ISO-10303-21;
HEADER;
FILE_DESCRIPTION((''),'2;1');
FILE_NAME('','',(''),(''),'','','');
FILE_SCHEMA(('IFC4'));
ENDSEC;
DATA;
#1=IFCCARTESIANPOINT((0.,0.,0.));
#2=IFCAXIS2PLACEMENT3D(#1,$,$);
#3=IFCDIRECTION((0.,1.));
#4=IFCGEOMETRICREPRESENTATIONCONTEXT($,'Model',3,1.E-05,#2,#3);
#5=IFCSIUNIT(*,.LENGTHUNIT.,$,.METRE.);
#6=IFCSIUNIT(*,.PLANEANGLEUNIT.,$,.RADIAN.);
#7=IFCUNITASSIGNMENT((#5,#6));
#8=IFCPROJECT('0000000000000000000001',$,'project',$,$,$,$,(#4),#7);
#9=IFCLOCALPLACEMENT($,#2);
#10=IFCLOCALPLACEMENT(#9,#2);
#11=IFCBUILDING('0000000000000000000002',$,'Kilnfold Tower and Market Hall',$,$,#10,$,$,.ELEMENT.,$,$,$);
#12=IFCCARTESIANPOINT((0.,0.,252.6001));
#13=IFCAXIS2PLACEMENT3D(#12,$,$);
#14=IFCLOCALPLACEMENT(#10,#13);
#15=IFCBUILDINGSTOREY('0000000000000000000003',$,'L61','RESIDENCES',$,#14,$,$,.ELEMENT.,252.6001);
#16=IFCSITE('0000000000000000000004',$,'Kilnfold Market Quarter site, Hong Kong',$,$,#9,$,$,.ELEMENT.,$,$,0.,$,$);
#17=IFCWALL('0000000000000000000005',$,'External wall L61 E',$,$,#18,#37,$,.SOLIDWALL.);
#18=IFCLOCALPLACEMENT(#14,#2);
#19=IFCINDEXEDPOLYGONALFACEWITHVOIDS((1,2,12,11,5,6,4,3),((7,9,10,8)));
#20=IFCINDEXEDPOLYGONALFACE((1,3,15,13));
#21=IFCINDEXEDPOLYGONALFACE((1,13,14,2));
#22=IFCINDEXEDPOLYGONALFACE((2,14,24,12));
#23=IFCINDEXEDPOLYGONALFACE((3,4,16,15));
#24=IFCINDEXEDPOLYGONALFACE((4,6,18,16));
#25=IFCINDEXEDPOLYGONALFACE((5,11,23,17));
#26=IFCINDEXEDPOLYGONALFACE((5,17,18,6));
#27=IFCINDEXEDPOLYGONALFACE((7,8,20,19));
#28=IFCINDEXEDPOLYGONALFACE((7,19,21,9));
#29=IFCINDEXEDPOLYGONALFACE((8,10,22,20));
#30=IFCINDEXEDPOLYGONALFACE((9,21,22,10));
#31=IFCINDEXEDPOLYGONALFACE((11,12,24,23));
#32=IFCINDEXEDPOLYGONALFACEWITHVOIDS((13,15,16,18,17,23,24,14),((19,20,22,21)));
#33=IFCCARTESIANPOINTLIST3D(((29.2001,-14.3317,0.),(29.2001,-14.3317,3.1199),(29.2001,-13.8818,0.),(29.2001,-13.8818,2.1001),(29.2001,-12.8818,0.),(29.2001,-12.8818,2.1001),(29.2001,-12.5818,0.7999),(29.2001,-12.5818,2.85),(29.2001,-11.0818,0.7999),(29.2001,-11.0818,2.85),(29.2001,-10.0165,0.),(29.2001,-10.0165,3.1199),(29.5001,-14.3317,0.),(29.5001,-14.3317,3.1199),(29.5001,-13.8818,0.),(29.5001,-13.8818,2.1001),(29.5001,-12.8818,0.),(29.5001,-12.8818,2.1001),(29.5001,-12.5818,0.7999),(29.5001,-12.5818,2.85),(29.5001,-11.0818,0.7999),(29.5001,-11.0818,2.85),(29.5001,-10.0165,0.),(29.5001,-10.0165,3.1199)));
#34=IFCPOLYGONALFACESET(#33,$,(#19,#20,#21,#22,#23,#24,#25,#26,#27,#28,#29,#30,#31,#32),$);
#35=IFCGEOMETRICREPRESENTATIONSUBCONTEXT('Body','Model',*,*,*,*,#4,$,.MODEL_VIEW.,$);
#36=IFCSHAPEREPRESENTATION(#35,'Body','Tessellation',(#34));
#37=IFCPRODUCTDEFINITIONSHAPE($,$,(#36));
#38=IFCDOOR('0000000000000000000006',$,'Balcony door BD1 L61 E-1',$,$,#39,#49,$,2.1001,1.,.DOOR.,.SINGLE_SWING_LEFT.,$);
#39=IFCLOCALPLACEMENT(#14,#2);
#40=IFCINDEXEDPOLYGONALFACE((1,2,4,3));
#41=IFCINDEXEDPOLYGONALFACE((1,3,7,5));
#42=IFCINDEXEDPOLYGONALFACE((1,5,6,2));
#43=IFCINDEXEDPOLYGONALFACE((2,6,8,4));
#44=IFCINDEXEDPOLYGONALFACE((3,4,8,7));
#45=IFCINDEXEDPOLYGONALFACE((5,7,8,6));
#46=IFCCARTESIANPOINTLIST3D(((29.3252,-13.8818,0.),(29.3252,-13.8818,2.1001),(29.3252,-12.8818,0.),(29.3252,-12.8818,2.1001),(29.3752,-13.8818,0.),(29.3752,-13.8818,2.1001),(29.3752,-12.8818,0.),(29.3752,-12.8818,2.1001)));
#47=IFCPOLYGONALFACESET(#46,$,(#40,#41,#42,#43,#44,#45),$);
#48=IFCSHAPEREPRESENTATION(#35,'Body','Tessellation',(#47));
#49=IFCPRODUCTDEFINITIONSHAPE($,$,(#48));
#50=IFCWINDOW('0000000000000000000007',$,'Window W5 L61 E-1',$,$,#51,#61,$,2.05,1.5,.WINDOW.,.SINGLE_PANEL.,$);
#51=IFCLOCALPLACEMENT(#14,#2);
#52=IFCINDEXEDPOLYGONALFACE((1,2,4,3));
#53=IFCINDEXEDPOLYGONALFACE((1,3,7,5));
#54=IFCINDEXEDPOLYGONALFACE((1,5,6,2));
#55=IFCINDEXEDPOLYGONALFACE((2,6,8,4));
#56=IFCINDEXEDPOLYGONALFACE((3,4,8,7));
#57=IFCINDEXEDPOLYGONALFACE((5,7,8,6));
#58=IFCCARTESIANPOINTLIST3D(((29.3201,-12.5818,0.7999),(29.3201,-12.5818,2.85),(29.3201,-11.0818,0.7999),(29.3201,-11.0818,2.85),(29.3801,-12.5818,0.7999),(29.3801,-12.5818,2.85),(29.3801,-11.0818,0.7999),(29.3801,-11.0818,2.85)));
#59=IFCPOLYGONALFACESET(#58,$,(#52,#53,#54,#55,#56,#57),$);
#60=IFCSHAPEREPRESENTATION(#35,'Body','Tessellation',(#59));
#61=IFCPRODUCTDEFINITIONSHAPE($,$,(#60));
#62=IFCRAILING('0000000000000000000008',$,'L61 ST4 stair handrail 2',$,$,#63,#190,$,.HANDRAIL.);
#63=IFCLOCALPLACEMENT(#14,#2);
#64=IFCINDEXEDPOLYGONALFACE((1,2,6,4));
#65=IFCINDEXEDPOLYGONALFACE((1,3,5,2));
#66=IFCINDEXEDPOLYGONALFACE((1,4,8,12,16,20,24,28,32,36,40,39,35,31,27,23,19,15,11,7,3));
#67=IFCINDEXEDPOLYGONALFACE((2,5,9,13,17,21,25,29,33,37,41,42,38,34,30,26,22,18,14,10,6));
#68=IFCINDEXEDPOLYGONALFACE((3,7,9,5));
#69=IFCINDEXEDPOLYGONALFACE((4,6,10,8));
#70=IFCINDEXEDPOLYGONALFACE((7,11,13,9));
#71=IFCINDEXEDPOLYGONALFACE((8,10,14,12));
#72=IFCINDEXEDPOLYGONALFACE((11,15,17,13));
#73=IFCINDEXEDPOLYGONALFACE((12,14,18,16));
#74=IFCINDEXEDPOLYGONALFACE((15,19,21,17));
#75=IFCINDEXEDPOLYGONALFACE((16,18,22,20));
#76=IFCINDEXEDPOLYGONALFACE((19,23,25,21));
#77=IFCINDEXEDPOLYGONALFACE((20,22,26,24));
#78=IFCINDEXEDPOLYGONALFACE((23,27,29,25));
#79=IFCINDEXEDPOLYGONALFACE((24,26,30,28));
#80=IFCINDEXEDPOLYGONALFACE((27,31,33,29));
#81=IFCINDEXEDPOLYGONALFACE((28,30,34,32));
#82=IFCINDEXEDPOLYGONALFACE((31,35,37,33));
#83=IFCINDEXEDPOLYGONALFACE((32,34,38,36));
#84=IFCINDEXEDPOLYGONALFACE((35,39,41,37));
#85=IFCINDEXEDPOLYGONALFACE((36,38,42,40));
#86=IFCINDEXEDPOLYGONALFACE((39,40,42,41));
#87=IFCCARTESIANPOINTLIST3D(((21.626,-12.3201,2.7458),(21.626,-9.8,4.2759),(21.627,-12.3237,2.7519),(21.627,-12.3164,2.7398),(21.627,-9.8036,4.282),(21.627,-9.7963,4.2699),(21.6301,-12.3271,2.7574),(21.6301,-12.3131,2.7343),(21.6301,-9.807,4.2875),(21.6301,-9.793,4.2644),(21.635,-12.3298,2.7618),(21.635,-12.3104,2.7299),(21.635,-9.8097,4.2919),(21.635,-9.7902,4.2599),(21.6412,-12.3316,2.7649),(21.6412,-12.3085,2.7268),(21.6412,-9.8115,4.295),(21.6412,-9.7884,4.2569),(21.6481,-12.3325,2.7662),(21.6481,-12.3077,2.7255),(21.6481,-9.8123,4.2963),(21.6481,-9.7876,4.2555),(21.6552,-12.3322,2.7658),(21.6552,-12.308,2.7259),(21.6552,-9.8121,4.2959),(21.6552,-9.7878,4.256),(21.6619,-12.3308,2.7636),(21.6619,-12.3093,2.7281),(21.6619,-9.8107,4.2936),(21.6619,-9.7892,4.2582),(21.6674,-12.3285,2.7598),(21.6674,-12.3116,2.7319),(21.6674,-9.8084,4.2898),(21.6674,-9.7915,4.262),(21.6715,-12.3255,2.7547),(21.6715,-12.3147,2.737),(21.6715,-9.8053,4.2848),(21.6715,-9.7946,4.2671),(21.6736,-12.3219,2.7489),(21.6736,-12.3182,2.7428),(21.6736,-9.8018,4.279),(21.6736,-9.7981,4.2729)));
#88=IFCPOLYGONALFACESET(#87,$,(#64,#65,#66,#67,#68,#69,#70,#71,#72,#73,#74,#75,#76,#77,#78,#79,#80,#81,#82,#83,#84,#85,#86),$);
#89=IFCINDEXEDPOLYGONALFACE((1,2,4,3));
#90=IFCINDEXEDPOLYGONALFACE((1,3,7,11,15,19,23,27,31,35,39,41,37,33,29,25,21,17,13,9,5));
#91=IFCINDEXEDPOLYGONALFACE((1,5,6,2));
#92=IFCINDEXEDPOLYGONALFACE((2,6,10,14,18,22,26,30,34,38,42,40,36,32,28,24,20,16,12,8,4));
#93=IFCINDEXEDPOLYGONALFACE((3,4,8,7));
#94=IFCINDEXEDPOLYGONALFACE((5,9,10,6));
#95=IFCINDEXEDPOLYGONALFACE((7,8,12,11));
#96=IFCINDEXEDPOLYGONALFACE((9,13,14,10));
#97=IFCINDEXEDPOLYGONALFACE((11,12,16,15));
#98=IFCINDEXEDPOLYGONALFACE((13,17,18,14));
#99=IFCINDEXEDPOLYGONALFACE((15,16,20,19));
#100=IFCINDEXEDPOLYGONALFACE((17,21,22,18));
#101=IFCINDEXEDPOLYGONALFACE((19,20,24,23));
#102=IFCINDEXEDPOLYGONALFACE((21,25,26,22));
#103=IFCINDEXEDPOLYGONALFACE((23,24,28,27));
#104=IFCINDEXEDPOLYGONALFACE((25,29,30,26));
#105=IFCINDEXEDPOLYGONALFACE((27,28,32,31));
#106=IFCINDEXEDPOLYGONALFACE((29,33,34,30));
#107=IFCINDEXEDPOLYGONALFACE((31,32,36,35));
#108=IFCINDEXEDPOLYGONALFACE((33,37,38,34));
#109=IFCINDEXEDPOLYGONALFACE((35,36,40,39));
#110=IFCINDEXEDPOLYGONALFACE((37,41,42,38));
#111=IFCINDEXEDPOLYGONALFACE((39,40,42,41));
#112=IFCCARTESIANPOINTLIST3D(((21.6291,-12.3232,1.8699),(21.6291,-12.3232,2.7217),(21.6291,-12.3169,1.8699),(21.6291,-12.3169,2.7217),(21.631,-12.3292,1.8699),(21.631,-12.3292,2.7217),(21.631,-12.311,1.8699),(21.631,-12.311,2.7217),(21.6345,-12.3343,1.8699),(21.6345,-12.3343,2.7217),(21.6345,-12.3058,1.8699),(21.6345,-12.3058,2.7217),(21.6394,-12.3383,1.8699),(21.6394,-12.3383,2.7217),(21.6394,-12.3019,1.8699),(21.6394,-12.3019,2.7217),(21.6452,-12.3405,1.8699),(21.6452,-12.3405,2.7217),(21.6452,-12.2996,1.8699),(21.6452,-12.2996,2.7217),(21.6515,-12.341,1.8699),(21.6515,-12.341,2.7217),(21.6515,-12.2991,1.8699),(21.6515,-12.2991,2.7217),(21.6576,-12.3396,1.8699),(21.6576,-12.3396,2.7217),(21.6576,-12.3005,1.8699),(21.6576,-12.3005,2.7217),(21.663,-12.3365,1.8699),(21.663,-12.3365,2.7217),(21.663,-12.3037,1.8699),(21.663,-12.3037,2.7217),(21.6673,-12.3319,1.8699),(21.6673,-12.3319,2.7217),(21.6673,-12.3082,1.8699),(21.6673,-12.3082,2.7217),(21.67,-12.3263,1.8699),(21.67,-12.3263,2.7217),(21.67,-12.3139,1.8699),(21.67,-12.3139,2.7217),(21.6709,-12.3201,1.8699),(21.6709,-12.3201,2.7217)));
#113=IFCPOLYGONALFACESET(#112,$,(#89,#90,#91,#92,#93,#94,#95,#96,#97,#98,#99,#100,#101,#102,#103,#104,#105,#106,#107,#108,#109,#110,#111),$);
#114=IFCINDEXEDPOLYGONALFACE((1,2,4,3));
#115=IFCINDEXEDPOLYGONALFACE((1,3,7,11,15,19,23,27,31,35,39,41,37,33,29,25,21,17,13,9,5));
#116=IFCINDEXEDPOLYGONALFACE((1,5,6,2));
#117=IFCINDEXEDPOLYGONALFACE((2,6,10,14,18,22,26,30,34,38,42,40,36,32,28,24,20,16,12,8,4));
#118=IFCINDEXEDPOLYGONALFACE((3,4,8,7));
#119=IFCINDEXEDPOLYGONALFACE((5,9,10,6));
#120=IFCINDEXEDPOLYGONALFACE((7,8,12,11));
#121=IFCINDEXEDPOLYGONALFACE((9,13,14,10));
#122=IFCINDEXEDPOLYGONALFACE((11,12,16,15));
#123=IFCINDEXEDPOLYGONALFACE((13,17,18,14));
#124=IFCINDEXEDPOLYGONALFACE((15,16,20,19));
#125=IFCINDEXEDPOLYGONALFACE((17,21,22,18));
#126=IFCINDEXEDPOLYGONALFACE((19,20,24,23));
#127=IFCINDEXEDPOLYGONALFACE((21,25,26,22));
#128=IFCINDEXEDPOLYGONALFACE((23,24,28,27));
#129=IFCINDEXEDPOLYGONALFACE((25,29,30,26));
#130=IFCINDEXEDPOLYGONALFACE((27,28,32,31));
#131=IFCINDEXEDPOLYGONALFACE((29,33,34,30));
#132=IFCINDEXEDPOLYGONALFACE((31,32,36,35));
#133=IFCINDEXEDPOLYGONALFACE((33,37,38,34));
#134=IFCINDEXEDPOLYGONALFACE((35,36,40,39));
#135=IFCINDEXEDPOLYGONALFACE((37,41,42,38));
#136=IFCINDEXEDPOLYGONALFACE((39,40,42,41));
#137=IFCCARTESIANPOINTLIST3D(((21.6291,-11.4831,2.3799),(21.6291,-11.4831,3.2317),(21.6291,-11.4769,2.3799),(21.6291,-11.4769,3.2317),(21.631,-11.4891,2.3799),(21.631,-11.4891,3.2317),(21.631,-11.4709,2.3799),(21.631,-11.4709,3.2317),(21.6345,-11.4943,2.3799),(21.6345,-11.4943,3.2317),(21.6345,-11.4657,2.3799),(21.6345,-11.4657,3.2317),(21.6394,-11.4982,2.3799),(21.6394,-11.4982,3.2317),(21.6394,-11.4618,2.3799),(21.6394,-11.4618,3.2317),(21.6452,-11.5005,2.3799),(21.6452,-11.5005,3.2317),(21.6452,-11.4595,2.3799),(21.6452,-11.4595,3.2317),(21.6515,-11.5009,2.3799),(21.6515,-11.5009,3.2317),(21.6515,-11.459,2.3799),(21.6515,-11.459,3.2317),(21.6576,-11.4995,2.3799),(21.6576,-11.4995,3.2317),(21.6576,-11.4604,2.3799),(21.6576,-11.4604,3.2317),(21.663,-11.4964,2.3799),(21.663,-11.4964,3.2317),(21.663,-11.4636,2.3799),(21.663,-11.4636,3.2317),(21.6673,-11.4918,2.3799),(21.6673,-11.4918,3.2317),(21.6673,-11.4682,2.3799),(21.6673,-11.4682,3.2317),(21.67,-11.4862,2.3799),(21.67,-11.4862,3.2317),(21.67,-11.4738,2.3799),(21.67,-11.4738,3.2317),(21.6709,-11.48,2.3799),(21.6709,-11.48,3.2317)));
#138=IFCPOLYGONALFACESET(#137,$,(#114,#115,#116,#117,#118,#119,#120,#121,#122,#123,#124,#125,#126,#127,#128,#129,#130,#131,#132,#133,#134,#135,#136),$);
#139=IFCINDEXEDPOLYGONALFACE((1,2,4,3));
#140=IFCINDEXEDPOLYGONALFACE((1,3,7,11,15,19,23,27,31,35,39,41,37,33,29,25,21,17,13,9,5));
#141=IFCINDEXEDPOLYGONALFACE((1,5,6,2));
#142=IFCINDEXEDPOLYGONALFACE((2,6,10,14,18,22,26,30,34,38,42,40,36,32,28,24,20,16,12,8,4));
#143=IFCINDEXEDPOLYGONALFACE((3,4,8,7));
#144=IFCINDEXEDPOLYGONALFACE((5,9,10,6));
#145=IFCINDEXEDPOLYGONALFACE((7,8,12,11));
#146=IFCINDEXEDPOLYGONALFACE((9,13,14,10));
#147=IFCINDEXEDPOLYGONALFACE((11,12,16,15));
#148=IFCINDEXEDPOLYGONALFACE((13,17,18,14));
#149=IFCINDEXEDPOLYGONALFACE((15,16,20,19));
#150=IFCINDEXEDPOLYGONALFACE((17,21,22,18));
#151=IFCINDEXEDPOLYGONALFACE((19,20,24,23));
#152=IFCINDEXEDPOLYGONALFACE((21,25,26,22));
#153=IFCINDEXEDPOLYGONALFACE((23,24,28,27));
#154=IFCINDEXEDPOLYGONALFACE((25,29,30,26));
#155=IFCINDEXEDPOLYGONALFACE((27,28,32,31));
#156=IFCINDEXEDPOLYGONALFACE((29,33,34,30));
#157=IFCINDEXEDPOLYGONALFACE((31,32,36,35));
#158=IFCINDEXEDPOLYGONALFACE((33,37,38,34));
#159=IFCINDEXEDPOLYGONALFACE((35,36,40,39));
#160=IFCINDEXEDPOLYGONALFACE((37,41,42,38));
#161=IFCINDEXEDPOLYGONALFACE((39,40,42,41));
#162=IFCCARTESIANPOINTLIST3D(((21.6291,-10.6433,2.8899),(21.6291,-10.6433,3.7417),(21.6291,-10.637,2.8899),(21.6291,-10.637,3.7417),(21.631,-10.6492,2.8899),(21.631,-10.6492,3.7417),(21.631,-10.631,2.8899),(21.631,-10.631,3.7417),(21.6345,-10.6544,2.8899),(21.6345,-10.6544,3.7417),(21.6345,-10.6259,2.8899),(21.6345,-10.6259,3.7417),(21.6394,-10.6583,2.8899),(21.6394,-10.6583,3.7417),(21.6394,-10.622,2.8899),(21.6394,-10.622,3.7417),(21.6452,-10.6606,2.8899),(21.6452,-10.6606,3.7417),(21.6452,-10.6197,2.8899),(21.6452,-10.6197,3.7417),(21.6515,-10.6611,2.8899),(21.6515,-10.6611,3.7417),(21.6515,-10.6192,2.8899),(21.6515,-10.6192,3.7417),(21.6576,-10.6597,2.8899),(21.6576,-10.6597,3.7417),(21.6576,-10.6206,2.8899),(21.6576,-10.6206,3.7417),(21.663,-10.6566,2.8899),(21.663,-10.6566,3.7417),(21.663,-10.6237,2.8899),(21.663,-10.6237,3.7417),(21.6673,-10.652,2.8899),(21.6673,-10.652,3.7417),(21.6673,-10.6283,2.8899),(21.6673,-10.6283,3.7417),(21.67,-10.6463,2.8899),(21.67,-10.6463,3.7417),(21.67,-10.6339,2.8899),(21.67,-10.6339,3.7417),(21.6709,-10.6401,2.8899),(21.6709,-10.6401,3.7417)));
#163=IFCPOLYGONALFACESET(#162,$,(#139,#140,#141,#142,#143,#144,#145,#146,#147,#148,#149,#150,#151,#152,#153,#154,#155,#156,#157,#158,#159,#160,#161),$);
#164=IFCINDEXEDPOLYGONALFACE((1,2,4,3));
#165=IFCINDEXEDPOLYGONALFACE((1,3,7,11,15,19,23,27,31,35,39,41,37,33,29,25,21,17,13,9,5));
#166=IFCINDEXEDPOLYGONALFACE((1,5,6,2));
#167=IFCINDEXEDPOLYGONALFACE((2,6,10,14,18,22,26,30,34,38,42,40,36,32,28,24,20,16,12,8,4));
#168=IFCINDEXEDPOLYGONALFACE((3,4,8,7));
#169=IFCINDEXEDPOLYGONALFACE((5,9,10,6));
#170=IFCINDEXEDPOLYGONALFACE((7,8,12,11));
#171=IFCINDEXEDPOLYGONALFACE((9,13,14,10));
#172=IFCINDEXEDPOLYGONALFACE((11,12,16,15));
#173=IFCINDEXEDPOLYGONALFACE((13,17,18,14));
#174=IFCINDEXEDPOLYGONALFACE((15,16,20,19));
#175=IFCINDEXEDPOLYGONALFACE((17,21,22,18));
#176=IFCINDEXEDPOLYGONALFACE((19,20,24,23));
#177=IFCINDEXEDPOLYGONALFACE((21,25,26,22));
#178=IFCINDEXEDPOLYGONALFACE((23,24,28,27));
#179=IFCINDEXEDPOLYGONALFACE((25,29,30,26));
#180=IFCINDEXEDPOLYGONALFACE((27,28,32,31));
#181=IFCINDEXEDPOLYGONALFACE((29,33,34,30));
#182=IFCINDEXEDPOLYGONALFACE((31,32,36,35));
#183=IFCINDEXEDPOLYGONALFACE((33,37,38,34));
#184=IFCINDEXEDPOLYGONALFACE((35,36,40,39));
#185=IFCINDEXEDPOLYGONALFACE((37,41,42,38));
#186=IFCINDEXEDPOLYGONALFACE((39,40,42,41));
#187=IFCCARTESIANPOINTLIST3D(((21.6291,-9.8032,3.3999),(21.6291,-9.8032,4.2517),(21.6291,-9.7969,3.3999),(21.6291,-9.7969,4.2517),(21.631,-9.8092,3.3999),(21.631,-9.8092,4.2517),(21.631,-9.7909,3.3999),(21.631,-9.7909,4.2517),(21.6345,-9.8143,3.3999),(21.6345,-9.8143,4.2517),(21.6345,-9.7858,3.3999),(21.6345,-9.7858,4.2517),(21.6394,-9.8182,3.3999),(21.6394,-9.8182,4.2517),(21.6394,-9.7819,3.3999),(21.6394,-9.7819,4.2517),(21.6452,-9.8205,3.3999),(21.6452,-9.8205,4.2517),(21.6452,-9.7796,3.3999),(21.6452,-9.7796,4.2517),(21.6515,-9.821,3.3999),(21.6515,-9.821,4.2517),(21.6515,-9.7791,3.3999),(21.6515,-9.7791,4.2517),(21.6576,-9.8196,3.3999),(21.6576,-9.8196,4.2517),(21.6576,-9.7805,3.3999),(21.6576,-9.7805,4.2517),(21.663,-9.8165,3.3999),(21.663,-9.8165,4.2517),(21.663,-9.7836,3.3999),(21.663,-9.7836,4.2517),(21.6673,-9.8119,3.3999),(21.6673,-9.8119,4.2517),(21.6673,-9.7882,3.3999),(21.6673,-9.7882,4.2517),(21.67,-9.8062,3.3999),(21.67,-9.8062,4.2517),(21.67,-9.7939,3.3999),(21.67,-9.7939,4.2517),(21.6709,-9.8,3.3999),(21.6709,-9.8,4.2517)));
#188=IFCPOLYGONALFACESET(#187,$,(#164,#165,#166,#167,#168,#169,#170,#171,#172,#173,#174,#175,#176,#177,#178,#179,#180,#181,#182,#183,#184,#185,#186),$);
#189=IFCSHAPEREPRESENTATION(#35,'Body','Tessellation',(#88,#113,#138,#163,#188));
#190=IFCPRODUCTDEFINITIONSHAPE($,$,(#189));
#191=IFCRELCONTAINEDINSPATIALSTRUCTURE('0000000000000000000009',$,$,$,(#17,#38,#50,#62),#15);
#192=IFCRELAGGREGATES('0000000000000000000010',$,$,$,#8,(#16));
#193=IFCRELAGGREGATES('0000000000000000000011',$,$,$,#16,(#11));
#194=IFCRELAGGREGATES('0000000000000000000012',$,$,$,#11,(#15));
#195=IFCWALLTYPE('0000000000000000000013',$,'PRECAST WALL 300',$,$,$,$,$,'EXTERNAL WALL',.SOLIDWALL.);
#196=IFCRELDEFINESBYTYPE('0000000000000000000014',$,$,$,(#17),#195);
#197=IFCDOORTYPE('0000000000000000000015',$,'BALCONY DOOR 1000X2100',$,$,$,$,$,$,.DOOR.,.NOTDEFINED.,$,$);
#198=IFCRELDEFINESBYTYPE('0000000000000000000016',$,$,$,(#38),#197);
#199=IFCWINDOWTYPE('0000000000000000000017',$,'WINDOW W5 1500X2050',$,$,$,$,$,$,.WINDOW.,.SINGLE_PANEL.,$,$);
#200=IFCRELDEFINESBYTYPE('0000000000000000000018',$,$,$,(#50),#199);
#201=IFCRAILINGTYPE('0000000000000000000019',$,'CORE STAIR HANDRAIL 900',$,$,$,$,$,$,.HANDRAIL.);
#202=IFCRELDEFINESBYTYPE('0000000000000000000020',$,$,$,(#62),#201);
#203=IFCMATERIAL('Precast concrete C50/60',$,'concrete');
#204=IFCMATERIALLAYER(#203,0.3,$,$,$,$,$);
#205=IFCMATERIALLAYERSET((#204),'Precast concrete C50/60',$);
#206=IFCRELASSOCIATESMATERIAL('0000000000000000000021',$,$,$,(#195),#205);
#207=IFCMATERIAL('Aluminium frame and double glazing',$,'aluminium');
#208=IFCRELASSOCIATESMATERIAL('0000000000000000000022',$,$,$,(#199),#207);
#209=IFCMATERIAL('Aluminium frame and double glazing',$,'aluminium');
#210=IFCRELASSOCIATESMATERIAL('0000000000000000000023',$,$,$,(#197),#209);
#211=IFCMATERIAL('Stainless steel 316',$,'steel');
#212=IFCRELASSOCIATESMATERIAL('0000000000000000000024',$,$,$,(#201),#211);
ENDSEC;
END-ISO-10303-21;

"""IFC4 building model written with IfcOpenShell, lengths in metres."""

from ifc_helpers import new_model, si_unit, direction, frame, frame_2d, origin, origin_2d, place, context, subcontext, project, spatial, rectangle, circle, extrude, source, transform, mapped, material, layer, layer_set, type_object, element, fill, save


model = new_model("IFC4")

# Units and contexts
model_context = context("Model", 3, precision=1e-05, world=origin(), true_north=direction((0.0, 1.0)))
body_context = subcontext(model_context, "Body", "Model", "MODEL_VIEW")
ifc_project = project(units=[si_unit("LENGTHUNIT", "METRE"), si_unit("PLANEANGLEUNIT", "RADIAN")], contexts=[model_context])

# Site, building, storey
site_placement = place(None, origin())
site = spatial("IfcSite", under=ifc_project, at=site_placement, Name="Kilnfold Market Quarter site, Hong Kong", CompositionType="ELEMENT", RefElevation=0.0)
building_placement = place(site_placement, origin())
building = spatial("IfcBuilding", under=site, at=building_placement, Name="Kilnfold Tower and Market Hall", CompositionType="ELEMENT")
storey_placement = place(building_placement, frame((0.0, 0.0, 252.6001)))
storey = spatial("IfcBuildingStorey", under=building, at=storey_placement, Name="L61", Description="RESIDENCES", CompositionType="ELEMENT", Elevation=252.6001)

# Shared definitions
ifc_material_1 = material(Name="Precast concrete C50/60", Category="concrete")
ifc_layer_1 = layer(ifc_material_1, 0.3)
ifc_layer_set_1 = layer_set([ifc_layer_1], Name="Precast concrete C50/60")
wall_type_1 = type_object("IfcWallType", Name="PRECAST WALL 300", ElementType="EXTERNAL WALL", PredefinedType="SOLIDWALL", material=ifc_layer_set_1)
ifc_material_2 = material(Name="Aluminium frame and double glazing", Category="aluminium")
window_type = type_object("IfcWindowType", Name="WINDOW W5 1500X2050", PartitioningType="SINGLE_PANEL", PredefinedType="WINDOW", material=ifc_material_2)

# Wall, openings, door, window
shared_shape_1 = source(origin(), body_context, "Body", "SweptSolid", [
    extrude(rectangle(XDim=4.3152, YDim=0.3, at=frame_2d((2.1577, 0.0))), origin(), (0.0, 0.0, 1.0), 3.1199),
])
wall_1_placement = place(storey_placement, frame((29.3501, -14.3318, 0.0), z_axis=(0.0, 0.0, 1.0), x_axis=(0.0, 1.0, 0.0)))
wall_1 = element("IfcWall", 1, at=wall_1_placement, inside=storey, type_object=wall_type_1, Name="External wall L61 E", PredefinedType="SOLIDWALL", context=body_context, shape_type="MappedRepresentation", body=[
    mapped(shared_shape_1, transform((0.0, 0.0, 0.0))),
])
opening_1_placement = place(wall_1_placement, frame((1.75, 0.0, 0.8)))
opening_1 = element("IfcOpeningElement", 2, at=opening_1_placement, cuts=wall_1, PredefinedType="OPENING", context=body_context, shape_type="SweptSolid", body=[
    extrude(rectangle(XDim=1.5, YDim=2.05, at=frame_2d((0.75, 1.0249))), frame((0.0, 0.1602, 0.0), z_axis=(0.0, -1.0, 0.0), x_axis=(1.0, 0.0, 0.0)), (0.0, 0.0, 1.0), 0.3201),
])
opening_2_placement = place(wall_1_placement, frame((0.45, 0.0, 0.0)))
opening_2 = element("IfcOpeningElement", 3, at=opening_2_placement, cuts=wall_1, PredefinedType="OPENING", context=body_context, shape_type="SweptSolid", body=[
    extrude(rectangle(XDim=1.0, YDim=2.1001, at=frame_2d((0.5, 1.05))), frame((0.0, 0.1602, 0.0), z_axis=(0.0, -1.0, 0.0), x_axis=(1.0, 0.0, 0.0)), (0.0, 0.0, 1.0), 0.3201),
])
ifc_material_3 = material(Name="Aluminium frame and double glazing", Category="aluminium")
door_type_1 = type_object("IfcDoorType", Name="BALCONY DOOR 1000X2100", OperationType="NOTDEFINED", PredefinedType="DOOR", material=ifc_material_3)
door_1_placement = place(opening_2_placement, origin())
door_1 = element("IfcDoor", 4, at=door_1_placement, inside=storey, type_object=door_type_1, Name="Balcony door BD1 L61 E-1", OperationType="SINGLE_SWING_LEFT", OverallHeight=2.1001, OverallWidth=1.0, PredefinedType="DOOR", context=body_context, shape_type="SweptSolid", body=[
    extrude(rectangle(XDim=1.0, YDim=2.1001, at=frame_2d((0.5, 1.05))), frame((0.0, 0.0249, 0.0), z_axis=(0.0, -1.0, 0.0), x_axis=(1.0, 0.0, 0.0)), (0.0, 0.0, 1.0), 0.05),
])
fill(opening_2, door_1)
window_1_placement = place(opening_1_placement, origin())
window_1 = element("IfcWindow", 5, at=window_1_placement, inside=storey, type_object=window_type, Name="Window W5 L61 E-1", OverallHeight=2.05, OverallWidth=1.5, PartitioningType="SINGLE_PANEL", PredefinedType="WINDOW", context=body_context, shape_type="SweptSolid", body=[
    extrude(rectangle(XDim=1.5, YDim=2.05, at=frame_2d((0.75, 1.0249))), frame((0.0, 0.03, 0.0), z_axis=(0.0, -1.0, 0.0), x_axis=(1.0, 0.0, 0.0)), (0.0, 0.0, 1.0), 0.0601),
])
fill(opening_1, window_1)

# Railing
ifc_material_4 = material(Name="Stainless steel 316", Category="steel")
railing_type_1 = type_object("IfcRailingType", Name="CORE STAIR HANDRAIL 900", PredefinedType="HANDRAIL", material=ifc_material_4)
railing_1_placement = place(storey_placement, frame((21.6499, -12.3201, 1.8699)))
element("IfcRailing", 6, at=railing_1_placement, inside=storey, type_object=railing_type_1, Name="L61 ST4 stair handrail 2", PredefinedType="HANDRAIL", context=body_context, shape_type="SweptSolid", body=[
    extrude(circle(Radius=0.0239, at=origin_2d()), frame((0.0, 0.0, 0.876), z_axis=(0.0, 0.854785, 0.518982), x_axis=(-1.0, 0.0, 0.0)), (0.0, 0.0, 1.0), 2.9482),
    extrude(circle(Radius=0.021, at=origin_2d()), origin(), (0.0, 0.0, 1.0), 0.8518),
    extrude(circle(Radius=0.021, at=origin_2d()), frame((0.0, 0.8401, 0.51)), (0.0, 0.0, 1.0), 0.8518),
    extrude(circle(Radius=0.021, at=origin_2d()), frame((0.0, 1.6799, 1.02)), (0.0, 0.0, 1.0), 0.8518),
    extrude(circle(Radius=0.021, at=origin_2d()), frame((0.0, 2.52, 1.53)), (0.0, 0.0, 1.0), 0.8518),
])

save(model, "model.ifc")
